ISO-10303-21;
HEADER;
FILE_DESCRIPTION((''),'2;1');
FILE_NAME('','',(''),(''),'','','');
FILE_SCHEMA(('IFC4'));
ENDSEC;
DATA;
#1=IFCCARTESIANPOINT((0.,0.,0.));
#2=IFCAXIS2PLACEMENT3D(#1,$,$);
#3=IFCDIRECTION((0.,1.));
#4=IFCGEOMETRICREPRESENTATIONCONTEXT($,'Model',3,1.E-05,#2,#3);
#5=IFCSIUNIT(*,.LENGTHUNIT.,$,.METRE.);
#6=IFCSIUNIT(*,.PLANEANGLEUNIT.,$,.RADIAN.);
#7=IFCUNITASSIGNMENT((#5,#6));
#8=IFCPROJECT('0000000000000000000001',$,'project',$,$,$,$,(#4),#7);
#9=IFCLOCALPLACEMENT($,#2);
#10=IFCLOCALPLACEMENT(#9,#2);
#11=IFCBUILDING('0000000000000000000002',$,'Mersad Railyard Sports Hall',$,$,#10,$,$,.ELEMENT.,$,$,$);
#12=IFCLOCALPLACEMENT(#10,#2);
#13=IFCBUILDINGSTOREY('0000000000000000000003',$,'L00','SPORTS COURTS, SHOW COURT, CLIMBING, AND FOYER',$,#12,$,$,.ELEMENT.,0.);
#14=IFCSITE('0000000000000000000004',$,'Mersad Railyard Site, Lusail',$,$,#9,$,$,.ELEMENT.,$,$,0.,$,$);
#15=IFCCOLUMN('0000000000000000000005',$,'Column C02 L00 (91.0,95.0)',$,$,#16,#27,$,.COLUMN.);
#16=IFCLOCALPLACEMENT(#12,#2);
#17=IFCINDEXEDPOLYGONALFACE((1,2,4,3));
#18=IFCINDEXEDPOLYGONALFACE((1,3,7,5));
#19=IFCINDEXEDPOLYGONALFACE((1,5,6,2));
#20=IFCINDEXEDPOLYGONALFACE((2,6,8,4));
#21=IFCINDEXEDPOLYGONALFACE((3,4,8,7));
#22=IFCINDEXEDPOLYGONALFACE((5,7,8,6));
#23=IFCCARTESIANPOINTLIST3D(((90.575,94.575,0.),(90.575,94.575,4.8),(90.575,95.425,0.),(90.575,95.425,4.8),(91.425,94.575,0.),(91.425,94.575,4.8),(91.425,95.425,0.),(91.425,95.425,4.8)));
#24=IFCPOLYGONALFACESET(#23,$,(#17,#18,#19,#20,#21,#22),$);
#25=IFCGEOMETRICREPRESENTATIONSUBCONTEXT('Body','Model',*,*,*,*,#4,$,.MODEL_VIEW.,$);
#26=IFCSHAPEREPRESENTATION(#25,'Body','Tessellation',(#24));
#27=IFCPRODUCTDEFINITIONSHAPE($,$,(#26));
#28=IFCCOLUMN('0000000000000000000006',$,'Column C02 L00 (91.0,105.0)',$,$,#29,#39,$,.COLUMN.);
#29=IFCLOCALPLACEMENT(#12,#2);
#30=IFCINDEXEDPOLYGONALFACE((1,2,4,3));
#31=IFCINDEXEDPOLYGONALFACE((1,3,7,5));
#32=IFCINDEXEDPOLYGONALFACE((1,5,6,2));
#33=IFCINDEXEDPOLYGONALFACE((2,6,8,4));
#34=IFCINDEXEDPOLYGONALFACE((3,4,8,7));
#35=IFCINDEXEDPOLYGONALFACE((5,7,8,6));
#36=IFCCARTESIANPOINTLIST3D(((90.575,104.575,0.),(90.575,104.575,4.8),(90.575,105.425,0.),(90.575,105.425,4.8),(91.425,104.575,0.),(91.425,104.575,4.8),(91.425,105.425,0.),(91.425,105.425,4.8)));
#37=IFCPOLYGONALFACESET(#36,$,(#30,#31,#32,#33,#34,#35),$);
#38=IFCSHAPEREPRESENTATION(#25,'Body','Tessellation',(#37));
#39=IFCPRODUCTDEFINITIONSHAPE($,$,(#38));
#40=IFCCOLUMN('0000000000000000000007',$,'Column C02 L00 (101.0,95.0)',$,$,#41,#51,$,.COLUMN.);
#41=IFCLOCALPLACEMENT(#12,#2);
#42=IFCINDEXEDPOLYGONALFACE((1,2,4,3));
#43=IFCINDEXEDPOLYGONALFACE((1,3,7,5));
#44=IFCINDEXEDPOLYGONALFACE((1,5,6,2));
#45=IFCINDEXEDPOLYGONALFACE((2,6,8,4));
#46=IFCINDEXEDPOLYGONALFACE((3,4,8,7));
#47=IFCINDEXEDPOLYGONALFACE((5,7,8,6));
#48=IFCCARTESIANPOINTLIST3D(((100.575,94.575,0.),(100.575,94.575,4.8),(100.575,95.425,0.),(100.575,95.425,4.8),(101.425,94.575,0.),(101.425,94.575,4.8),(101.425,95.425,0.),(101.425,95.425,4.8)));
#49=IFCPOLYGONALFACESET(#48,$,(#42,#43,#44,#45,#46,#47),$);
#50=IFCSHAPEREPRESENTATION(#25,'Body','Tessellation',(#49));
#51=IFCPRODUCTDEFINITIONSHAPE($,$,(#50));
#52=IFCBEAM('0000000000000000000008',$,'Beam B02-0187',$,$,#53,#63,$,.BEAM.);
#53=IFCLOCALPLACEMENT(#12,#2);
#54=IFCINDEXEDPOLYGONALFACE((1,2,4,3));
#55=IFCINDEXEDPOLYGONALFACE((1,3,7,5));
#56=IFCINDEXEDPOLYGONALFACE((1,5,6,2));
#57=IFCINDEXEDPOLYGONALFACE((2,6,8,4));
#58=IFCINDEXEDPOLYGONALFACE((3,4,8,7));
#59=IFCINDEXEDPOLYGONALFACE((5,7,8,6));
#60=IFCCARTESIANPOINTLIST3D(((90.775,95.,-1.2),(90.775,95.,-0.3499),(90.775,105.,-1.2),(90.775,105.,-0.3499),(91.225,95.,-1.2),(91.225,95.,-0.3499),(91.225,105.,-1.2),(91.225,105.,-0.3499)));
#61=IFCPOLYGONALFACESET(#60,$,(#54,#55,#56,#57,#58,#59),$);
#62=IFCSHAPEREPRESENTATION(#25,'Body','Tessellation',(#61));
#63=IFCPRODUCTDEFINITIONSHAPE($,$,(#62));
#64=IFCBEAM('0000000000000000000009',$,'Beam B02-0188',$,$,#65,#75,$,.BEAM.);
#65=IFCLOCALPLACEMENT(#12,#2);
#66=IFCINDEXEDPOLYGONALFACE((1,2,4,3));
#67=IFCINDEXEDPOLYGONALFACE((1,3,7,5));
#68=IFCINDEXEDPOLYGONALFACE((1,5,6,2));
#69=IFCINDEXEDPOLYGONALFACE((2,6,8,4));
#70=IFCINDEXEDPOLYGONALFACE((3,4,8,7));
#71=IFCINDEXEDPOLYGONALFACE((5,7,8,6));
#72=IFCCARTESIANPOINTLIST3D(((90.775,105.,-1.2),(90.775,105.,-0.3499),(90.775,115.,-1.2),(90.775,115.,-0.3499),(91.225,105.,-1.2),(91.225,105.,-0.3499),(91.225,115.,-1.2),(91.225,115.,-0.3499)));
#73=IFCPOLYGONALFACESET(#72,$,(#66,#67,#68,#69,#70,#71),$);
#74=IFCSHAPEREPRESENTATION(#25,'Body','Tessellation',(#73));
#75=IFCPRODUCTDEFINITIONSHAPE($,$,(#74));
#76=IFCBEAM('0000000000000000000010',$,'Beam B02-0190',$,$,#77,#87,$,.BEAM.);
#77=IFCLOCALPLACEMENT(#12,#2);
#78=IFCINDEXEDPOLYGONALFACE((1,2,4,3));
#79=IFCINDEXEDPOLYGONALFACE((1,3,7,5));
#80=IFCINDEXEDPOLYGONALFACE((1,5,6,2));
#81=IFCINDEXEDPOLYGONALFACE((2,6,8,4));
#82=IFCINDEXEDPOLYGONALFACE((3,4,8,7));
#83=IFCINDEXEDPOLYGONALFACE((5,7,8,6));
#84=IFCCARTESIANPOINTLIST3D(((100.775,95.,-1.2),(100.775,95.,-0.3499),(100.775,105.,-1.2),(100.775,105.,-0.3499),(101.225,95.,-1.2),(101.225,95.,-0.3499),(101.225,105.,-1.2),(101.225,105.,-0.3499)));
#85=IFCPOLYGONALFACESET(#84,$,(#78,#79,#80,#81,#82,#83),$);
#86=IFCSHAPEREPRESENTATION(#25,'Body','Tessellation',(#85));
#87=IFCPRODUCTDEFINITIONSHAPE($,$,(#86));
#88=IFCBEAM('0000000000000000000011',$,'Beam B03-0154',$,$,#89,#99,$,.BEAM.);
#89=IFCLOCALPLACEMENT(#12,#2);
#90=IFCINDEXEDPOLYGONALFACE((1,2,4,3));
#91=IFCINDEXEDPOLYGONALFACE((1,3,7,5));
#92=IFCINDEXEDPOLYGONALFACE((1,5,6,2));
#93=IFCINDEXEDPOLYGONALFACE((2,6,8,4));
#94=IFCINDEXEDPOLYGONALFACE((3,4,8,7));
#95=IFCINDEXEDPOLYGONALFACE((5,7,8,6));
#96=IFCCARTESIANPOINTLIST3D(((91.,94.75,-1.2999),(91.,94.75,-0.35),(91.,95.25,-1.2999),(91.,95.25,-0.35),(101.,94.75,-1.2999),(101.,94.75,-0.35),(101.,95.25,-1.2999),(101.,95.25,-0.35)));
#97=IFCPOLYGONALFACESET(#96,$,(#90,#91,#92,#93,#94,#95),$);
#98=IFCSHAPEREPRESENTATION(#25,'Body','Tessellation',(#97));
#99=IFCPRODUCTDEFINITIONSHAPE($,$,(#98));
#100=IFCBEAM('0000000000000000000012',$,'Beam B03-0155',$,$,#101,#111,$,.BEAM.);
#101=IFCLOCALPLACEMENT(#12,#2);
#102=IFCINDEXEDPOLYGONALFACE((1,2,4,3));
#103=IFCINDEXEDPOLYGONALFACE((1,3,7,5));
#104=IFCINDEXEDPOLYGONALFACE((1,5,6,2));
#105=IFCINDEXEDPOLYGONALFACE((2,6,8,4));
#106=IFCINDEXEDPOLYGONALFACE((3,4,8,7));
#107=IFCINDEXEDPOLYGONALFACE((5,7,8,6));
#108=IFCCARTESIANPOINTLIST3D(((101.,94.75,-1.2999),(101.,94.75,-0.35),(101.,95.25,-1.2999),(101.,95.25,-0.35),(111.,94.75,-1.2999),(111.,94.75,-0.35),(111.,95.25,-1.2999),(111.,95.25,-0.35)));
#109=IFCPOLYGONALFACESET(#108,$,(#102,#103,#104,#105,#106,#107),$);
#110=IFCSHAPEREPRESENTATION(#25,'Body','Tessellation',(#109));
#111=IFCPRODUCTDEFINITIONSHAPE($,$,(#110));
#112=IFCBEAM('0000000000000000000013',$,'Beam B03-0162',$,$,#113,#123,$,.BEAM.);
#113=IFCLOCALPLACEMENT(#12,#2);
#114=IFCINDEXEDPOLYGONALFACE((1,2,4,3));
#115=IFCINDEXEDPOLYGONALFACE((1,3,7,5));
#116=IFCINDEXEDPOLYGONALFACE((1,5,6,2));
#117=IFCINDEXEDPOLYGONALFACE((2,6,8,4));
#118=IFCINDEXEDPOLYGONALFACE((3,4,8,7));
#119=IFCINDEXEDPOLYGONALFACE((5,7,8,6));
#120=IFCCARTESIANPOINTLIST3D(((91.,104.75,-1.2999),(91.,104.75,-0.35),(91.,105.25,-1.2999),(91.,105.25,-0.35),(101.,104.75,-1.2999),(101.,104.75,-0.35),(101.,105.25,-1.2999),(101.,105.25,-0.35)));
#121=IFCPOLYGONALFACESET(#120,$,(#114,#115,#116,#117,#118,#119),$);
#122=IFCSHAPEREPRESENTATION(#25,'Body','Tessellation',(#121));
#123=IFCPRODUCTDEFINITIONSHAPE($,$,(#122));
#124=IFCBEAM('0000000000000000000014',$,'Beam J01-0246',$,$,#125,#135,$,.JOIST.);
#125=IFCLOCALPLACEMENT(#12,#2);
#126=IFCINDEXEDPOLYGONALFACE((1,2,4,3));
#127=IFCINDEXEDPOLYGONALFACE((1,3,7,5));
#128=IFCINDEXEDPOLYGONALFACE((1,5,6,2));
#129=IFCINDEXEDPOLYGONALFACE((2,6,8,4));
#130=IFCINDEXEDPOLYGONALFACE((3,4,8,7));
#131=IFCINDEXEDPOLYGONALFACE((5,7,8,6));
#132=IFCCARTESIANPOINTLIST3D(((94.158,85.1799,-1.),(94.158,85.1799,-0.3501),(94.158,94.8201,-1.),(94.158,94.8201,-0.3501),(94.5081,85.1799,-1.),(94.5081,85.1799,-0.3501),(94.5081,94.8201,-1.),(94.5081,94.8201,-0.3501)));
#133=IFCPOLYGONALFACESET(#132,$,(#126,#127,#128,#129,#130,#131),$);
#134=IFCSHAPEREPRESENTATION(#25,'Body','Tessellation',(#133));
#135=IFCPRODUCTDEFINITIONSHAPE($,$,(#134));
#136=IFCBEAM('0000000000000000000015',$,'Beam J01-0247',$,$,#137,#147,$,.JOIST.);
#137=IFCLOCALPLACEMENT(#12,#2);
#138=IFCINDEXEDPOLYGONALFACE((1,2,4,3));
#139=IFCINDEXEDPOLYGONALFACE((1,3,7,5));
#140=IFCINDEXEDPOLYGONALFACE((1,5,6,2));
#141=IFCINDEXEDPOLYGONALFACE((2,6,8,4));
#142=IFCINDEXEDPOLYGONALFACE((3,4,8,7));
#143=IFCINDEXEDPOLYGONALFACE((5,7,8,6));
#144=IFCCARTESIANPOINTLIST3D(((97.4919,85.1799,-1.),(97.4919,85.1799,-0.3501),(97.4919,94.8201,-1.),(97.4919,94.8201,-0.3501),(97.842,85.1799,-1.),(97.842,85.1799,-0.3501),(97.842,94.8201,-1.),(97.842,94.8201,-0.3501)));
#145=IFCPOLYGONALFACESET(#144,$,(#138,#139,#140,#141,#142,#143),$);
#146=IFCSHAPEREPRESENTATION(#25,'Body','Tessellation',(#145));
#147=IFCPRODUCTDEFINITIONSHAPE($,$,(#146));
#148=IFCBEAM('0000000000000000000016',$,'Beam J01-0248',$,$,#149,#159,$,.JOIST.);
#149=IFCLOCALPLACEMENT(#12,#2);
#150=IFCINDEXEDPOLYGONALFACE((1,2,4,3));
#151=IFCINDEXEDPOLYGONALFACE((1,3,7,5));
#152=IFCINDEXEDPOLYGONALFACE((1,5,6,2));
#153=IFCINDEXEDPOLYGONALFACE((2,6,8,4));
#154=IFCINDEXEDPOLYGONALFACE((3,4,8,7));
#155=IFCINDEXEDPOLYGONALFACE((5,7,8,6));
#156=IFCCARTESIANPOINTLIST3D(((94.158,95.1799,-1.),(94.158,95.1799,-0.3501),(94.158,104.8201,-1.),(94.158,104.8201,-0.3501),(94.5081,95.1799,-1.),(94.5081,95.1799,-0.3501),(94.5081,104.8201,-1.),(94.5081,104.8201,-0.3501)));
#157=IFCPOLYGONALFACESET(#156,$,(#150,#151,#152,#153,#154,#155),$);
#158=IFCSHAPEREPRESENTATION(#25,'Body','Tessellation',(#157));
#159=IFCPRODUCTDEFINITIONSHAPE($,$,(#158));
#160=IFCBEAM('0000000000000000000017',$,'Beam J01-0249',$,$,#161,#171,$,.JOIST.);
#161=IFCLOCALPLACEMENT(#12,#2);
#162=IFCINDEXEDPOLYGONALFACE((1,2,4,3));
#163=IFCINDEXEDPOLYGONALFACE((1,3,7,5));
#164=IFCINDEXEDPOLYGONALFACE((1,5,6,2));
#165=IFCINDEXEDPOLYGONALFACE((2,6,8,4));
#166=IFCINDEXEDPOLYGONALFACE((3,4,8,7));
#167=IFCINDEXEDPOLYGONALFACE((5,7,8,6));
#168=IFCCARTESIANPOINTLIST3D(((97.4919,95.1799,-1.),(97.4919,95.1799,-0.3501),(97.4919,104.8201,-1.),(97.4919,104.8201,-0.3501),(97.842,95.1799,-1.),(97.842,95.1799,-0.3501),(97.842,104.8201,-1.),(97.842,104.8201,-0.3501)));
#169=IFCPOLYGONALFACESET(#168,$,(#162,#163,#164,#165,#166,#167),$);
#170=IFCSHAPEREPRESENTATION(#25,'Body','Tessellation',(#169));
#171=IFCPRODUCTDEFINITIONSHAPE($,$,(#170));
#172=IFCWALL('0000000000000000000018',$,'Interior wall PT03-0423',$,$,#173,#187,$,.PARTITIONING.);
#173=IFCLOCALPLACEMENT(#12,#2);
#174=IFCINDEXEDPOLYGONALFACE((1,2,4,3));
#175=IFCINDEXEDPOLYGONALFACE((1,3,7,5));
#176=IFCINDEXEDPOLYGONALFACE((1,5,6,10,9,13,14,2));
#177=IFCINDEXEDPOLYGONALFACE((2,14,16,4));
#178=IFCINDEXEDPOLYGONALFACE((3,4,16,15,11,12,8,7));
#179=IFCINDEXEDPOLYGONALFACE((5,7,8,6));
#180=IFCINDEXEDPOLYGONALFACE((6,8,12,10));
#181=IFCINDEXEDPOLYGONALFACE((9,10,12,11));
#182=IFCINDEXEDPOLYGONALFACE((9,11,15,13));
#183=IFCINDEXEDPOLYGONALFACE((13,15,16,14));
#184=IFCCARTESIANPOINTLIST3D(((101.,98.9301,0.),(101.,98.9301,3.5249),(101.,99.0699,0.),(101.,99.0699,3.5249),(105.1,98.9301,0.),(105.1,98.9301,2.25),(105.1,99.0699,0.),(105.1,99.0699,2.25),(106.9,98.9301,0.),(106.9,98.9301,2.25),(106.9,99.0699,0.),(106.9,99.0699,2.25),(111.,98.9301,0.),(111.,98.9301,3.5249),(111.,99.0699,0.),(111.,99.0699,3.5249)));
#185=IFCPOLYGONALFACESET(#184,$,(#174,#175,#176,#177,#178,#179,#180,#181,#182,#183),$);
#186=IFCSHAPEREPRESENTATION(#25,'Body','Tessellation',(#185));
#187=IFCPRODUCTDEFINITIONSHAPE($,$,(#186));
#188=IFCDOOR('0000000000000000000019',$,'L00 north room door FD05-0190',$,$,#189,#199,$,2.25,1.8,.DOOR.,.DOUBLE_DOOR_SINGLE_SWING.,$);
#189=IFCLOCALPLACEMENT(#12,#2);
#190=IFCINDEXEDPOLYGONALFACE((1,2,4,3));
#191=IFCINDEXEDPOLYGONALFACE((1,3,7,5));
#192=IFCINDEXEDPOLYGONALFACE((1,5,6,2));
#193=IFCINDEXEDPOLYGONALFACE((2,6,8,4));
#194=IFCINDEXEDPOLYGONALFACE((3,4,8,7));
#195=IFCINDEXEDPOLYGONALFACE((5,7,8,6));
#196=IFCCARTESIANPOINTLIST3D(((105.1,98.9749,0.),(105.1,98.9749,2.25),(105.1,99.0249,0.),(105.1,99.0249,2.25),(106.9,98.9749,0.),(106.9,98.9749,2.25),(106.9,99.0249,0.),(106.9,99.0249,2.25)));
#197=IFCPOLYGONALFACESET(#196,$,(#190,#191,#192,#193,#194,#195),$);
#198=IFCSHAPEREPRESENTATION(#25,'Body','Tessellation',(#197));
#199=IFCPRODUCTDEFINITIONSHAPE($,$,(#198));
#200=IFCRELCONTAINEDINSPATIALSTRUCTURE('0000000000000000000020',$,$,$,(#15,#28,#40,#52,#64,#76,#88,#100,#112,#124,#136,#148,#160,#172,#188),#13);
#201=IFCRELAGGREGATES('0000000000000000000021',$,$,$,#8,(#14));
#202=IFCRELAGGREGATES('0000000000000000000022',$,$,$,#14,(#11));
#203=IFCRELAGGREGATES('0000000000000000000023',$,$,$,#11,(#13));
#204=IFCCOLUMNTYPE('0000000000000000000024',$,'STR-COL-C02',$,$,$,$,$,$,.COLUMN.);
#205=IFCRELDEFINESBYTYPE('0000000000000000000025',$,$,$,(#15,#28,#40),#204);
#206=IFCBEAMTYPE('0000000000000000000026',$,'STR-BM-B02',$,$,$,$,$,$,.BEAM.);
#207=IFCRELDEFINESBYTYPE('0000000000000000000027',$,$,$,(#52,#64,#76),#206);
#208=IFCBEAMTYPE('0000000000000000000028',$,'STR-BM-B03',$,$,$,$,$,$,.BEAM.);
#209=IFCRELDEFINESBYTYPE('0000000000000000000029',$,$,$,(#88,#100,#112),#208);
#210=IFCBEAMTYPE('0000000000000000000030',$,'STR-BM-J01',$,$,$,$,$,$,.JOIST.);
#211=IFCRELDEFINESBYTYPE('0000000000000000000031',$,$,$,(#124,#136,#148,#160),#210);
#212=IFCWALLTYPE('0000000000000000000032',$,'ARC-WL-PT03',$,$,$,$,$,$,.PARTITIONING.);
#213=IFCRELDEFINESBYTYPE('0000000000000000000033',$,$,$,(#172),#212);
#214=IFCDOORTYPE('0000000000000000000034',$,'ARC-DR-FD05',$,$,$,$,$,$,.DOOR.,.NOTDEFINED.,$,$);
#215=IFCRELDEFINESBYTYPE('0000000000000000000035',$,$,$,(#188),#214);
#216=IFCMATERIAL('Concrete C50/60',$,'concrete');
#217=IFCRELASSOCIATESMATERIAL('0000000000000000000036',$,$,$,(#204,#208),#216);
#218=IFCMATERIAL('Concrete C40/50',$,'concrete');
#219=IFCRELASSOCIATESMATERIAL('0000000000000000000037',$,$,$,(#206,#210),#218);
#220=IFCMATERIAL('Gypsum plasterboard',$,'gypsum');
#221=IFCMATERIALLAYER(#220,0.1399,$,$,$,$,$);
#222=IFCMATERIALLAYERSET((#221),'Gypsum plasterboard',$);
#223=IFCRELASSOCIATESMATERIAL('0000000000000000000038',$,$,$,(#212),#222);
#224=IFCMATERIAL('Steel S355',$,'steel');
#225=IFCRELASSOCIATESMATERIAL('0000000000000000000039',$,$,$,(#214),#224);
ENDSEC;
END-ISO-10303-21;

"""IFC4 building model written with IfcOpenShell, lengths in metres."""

from ifc_helpers import new_model, si_unit, direction, frame, frame_2d, origin, origin_2d, place, context, subcontext, project, spatial, rectangle, extrude, material, layer, layer_set, material_profile, profile_set, type_object, element, fill, save


model = new_model("IFC4")

# Units and contexts
model_context = context("Model", 3, precision=1e-05, world=origin(), true_north=direction((0.0, 1.0)))
body_context = subcontext(model_context, "Body", "Model", "MODEL_VIEW")
ifc_project = project(units=[si_unit("LENGTHUNIT", "METRE"), si_unit("PLANEANGLEUNIT", "RADIAN")], contexts=[model_context])

# Site, building, storey
site_placement = place(None, origin())
site = spatial("IfcSite", under=ifc_project, at=site_placement, Name="Mersad Railyard Site, Lusail", CompositionType="ELEMENT", RefElevation=0.0)
building_placement = place(site_placement, origin())
building = spatial("IfcBuilding", under=site, at=building_placement, Name="Mersad Railyard Sports Hall", CompositionType="ELEMENT")
storey_placement = place(building_placement, origin())
storey = spatial("IfcBuildingStorey", under=building, at=storey_placement, Name="L00", Description="SPORTS COURTS, SHOW COURT, CLIMBING, AND FOYER", CompositionType="ELEMENT", Elevation=0.0)

# Columns
ifc_material_1 = material(Name="Concrete C50/60", Category="concrete")
ifc_material_profile_1 = material_profile(ifc_material_1, rectangle(XDim=0.8501, YDim=0.8501, at=origin_2d()), Name="RC 850x850")
ifc_profile_set_1 = profile_set([ifc_material_profile_1], Name="Concrete C50/60")
column_type = type_object("IfcColumnType", Name="STR-COL-C02", PredefinedType="COLUMN", material=ifc_profile_set_1)
for number, where, z_axis, x_axis, name in (
    (1, (91.0, 95.0, 0.0), (0.0, 0.0, 1.0), (1.0, 0.0, 0.0), "Column C02 L00 (91.0,95.0)"),
    (2, (91.0, 105.0, 0.0), (0.0, 0.0, 1.0), (1.0, 0.0, 0.0), "Column C02 L00 (91.0,105.0)"),
    (3, (101.0, 95.0, 0.0), (0.0, 0.0, 1.0), (1.0, 0.0, 0.0), "Column C02 L00 (101.0,95.0)"),
):
    element("IfcColumn", number, at=place(storey_placement, frame(where, z_axis=z_axis, x_axis=x_axis)), inside=storey, type_object=column_type, Name=name, PredefinedType="COLUMN", context=body_context, shape_type="SweptSolid", body=[
        extrude(rectangle(XDim=0.8501, YDim=0.8501, at=origin_2d()), origin(), (0.0, 0.0, 1.0), 4.8),
    ])

# Beams
ifc_material_2 = material(Name="Concrete C40/50", Category="concrete")
ifc_material_profile_2 = material_profile(ifc_material_2, rectangle(XDim=0.45, YDim=0.8501, at=origin_2d()), Name="RC 450x850")
ifc_profile_set_2 = profile_set([ifc_material_profile_2], Name="Concrete C40/50")
beam_type_1 = type_object("IfcBeamType", Name="STR-BM-B02", PredefinedType="BEAM", material=ifc_profile_set_2)
for number, where, z_axis, x_axis, name in (
    (4, (91.0, 95.0, -0.7749), (0.0, 1.0, 0.0), (-1.0, 0.0, 0.0), "Beam B02-0187"),
    (5, (91.0, 105.0, -0.7749), (0.0, 1.0, 0.0), (-1.0, 0.0, 0.0), "Beam B02-0188"),
    (6, (101.0, 95.0, -0.7749), (0.0, 1.0, 0.0), (-1.0, 0.0, 0.0), "Beam B02-0190"),
):
    element("IfcBeam", number, at=place(storey_placement, frame(where, z_axis=z_axis, x_axis=x_axis)), inside=storey, type_object=beam_type_1, Name=name, PredefinedType="BEAM", context=body_context, shape_type="SweptSolid", body=[
        extrude(rectangle(XDim=0.45, YDim=0.8501, at=origin_2d()), origin(), (0.0, 0.0, 1.0), 10.0),
    ])
ifc_material_profile_3 = material_profile(ifc_material_1, rectangle(XDim=0.5, YDim=0.95, at=origin_2d()), Name="RC 500x950")
ifc_profile_set_3 = profile_set([ifc_material_profile_3], Name="Concrete C50/60")
beam_type_2 = type_object("IfcBeamType", Name="STR-BM-B03", PredefinedType="BEAM", material=ifc_profile_set_3)
for number, where, z_axis, x_axis, name in (
    (7, (91.0, 95.0, -0.825), (1.0, 0.0, 0.0), (0.0, 1.0, 0.0), "Beam B03-0154"),
    (8, (101.0, 95.0, -0.825), (1.0, 0.0, 0.0), (0.0, 1.0, 0.0), "Beam B03-0155"),
    (9, (91.0, 105.0, -0.825), (1.0, 0.0, 0.0), (0.0, 1.0, 0.0), "Beam B03-0162"),
):
    element("IfcBeam", number, at=place(storey_placement, frame(where, z_axis=z_axis, x_axis=x_axis)), inside=storey, type_object=beam_type_2, Name=name, PredefinedType="BEAM", context=body_context, shape_type="SweptSolid", body=[
        extrude(rectangle(XDim=0.5, YDim=0.95, at=origin_2d()), origin(), (0.0, 0.0, 1.0), 10.0),
    ])
ifc_material_profile_4 = material_profile(ifc_material_2, rectangle(XDim=0.3501, YDim=0.6499, at=origin_2d()), Name="RC 350x650")
ifc_profile_set_4 = profile_set([ifc_material_profile_4], Name="Concrete C40/50")
beam_type_3 = type_object("IfcBeamType", Name="STR-BM-J01", PredefinedType="JOIST", material=ifc_profile_set_4)
for number, where, z_axis, x_axis, name in (
    (10, (94.333, 85.1799, -0.675), (0.0, 1.0, 0.0), (-1.0, 0.0, 0.0), "Beam J01-0246"),
    (11, (97.667, 85.1799, -0.675), (0.0, 1.0, 0.0), (-1.0, 0.0, 0.0), "Beam J01-0247"),
    (12, (94.333, 95.1799, -0.675), (0.0, 1.0, 0.0), (-1.0, 0.0, 0.0), "Beam J01-0248"),
    (13, (97.667, 95.1799, -0.675), (0.0, 1.0, 0.0), (-1.0, 0.0, 0.0), "Beam J01-0249"),
):
    element("IfcBeam", number, at=place(storey_placement, frame(where, z_axis=z_axis, x_axis=x_axis)), inside=storey, type_object=beam_type_3, Name=name, PredefinedType="JOIST", context=body_context, shape_type="SweptSolid", body=[
        extrude(rectangle(XDim=0.3501, YDim=0.6499, at=origin_2d()), origin(), (0.0, 0.0, 1.0), 9.6401),
    ])

# Wall, opening, door
ifc_material_3 = material(Name="Gypsum plasterboard", Category="gypsum")
ifc_material_4 = material(Name="Steel S355", Category="steel")
ifc_layer_1 = layer(ifc_material_3, 0.1399)
ifc_layer_set_1 = layer_set([ifc_layer_1], Name="Gypsum plasterboard")
wall_type_1 = type_object("IfcWallType", Name="ARC-WL-PT03", PredefinedType="PARTITIONING", material=ifc_layer_set_1)
wall_1_placement = place(storey_placement, frame((101.0, 99.0, 0.0), z_axis=(0.0, 0.0, 1.0), x_axis=(1.0, 0.0, 0.0)))
wall_1 = element("IfcWall", 14, at=wall_1_placement, inside=storey, type_object=wall_type_1, Name="Interior wall PT03-0423", PredefinedType="PARTITIONING", context=body_context, shape_type="SweptSolid", body=[
    extrude(rectangle(XDim=10.0, YDim=0.1399, at=frame_2d((5.0, 0.0))), origin(), (0.0, 0.0, 1.0), 3.5249),
])
opening_1_placement = place(wall_1_placement, frame((4.1001, 0.0, 0.0)))
opening_1 = element("IfcOpeningElement", 15, at=opening_1_placement, cuts=wall_1, PredefinedType="OPENING", context=body_context, shape_type="SweptSolid", body=[
    extrude(rectangle(XDim=1.8, YDim=2.25, at=frame_2d((0.8999, 1.125))), frame((0.0, 0.0798, 0.0), z_axis=(0.0, -1.0, 0.0), x_axis=(1.0, 0.0, 0.0)), (0.0, 0.0, 1.0), 0.1599),
])
door_type_1 = type_object("IfcDoorType", Name="ARC-DR-FD05", OperationType="NOTDEFINED", PredefinedType="DOOR", material=ifc_material_4)
door_1_placement = place(opening_1_placement, origin())
door_1 = element("IfcDoor", 16, at=door_1_placement, inside=storey, type_object=door_type_1, Name="L00 north room door FD05-0190", OperationType="DOUBLE_DOOR_SINGLE_SWING", OverallHeight=2.25, OverallWidth=1.8, PredefinedType="DOOR", context=body_context, shape_type="SweptSolid", body=[
    extrude(rectangle(XDim=1.8, YDim=2.25, at=frame_2d((0.8999, 1.125))), frame((0.0, 0.0249, 0.0), z_axis=(0.0, -1.0, 0.0), x_axis=(1.0, 0.0, 0.0)), (0.0, 0.0, 1.0), 0.05),
])
fill(opening_1, door_1)

save(model, "model.ifc")
